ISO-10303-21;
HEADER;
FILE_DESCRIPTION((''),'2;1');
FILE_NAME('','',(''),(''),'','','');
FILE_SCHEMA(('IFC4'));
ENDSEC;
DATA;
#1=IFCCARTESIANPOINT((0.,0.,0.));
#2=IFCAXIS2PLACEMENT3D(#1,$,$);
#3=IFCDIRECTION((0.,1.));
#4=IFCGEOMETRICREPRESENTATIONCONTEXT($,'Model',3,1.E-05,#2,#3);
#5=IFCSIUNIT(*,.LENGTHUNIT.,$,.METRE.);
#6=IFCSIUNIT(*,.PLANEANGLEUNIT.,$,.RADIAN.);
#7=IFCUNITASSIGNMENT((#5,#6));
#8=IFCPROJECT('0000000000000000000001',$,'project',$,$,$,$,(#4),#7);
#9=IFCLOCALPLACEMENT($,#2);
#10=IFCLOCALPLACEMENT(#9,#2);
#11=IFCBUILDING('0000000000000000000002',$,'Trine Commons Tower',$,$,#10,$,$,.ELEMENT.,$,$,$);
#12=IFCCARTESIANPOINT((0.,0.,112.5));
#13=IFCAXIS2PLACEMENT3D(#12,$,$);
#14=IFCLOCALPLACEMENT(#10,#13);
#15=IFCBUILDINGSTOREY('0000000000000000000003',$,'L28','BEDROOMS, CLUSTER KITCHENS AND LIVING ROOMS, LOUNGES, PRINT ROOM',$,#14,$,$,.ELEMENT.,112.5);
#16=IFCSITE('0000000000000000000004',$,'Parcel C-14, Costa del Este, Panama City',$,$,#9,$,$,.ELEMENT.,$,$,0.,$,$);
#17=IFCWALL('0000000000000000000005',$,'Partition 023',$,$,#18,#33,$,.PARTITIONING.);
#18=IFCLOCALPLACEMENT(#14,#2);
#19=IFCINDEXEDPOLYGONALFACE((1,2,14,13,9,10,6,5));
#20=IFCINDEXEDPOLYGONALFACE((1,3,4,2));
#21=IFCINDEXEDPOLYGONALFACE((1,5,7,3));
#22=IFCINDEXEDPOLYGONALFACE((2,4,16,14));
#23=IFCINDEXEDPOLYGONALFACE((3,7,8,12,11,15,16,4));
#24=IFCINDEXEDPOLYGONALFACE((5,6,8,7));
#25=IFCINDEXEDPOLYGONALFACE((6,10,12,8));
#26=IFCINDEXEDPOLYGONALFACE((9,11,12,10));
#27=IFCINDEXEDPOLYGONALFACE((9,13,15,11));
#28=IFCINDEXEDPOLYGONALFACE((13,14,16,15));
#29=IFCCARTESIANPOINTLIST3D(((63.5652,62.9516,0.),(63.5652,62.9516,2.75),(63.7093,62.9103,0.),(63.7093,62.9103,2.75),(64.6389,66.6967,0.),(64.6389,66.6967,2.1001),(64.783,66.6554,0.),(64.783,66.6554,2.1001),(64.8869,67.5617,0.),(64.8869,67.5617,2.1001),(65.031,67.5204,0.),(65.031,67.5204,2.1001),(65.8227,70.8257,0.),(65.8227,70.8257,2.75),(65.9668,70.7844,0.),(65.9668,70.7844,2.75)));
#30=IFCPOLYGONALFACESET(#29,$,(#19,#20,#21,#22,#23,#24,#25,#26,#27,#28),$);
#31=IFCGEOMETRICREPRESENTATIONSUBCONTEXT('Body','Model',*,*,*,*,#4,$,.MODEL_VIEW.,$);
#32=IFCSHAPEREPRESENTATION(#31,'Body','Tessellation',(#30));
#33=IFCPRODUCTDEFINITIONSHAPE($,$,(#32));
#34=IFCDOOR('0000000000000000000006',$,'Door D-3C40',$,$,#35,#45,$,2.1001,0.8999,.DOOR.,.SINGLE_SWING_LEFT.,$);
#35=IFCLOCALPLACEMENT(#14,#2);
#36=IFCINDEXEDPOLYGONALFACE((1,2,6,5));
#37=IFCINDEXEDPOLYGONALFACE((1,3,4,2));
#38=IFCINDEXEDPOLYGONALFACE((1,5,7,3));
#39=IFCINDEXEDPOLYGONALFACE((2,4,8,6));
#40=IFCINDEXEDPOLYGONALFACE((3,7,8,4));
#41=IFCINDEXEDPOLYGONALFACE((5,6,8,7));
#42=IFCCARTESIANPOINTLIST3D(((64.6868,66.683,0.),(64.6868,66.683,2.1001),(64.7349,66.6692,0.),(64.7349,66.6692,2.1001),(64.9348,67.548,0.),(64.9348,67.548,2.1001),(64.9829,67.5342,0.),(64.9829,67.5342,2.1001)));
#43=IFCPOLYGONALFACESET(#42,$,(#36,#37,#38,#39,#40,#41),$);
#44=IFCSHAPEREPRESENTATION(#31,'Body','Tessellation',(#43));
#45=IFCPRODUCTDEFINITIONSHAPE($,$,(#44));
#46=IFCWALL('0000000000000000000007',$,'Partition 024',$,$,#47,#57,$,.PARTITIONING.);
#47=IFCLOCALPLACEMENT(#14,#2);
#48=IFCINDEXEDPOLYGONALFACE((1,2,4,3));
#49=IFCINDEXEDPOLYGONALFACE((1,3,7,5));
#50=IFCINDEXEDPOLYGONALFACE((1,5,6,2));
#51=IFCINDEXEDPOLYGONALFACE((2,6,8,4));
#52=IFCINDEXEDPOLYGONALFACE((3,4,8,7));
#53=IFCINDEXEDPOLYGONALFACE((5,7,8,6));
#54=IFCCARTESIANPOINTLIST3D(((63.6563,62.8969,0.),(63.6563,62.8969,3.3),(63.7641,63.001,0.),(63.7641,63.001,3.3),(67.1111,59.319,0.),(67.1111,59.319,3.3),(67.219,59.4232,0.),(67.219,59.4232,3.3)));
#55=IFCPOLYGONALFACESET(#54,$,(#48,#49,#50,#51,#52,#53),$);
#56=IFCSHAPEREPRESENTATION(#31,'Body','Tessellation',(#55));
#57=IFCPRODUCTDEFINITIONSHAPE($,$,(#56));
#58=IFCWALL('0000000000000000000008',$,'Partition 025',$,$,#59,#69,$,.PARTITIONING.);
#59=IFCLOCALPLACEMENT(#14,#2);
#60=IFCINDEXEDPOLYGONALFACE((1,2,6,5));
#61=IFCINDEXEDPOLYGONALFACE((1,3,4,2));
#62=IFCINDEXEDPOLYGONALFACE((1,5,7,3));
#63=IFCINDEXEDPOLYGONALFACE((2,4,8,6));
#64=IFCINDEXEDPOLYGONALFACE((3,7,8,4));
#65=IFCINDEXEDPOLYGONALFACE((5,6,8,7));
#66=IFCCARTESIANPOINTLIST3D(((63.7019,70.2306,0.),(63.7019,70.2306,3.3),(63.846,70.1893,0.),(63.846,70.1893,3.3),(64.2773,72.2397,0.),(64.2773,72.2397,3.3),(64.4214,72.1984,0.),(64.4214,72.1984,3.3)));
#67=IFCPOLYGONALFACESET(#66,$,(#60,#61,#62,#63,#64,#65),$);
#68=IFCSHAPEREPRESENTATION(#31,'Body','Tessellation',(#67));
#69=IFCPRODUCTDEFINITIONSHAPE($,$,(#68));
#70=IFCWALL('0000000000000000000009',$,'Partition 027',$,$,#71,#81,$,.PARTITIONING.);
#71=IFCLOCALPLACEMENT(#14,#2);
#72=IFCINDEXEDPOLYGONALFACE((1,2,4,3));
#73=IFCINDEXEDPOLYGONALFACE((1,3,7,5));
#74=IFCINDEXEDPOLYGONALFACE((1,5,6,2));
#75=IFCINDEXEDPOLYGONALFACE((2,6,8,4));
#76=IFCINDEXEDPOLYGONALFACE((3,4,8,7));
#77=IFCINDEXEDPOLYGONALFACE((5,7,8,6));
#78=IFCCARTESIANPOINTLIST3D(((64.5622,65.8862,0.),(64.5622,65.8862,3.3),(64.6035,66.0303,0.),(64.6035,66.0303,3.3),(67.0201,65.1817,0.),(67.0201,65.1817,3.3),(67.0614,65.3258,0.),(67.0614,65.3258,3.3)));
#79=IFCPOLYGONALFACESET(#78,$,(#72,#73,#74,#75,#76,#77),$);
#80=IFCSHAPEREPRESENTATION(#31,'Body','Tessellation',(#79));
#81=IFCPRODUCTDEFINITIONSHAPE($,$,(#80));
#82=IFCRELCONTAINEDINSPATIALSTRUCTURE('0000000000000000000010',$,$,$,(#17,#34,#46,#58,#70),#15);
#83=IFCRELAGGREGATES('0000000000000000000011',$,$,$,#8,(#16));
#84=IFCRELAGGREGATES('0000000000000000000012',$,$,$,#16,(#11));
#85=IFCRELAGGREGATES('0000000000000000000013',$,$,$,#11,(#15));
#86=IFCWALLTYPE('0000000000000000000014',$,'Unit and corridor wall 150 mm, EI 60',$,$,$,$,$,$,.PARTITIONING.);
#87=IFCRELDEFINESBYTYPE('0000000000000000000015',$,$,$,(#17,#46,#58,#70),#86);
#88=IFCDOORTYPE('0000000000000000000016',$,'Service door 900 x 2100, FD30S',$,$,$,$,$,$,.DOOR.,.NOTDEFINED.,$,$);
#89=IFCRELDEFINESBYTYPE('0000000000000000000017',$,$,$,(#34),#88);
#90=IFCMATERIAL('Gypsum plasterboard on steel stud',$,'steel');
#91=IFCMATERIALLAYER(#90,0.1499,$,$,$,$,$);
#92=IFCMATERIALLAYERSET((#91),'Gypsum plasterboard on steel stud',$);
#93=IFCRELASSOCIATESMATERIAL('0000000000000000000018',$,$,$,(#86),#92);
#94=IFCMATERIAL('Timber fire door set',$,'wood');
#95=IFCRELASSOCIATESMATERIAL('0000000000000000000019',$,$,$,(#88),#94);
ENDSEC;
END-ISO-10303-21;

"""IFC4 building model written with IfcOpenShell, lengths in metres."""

from ifc_helpers import new_model, si_unit, direction, frame, frame_2d, origin, place, context, subcontext, project, spatial, rectangle, extrude, material, layer, layer_set, type_object, element, fill, save


model = new_model("IFC4")

# Units and contexts
model_context = context("Model", 3, precision=1e-05, world=origin(), true_north=direction((0.0, 1.0)))
body_context = subcontext(model_context, "Body", "Model", "MODEL_VIEW")
ifc_project = project(units=[si_unit("LENGTHUNIT", "METRE"), si_unit("PLANEANGLEUNIT", "RADIAN")], contexts=[model_context])

# Site, building, storey
site_placement = place(None, origin())
site = spatial("IfcSite", under=ifc_project, at=site_placement, Name="Parcel C-14, Costa del Este, Panama City", CompositionType="ELEMENT", RefElevation=0.0)
building_placement = place(site_placement, origin())
building = spatial("IfcBuilding", under=site, at=building_placement, Name="Trine Commons Tower", CompositionType="ELEMENT")
storey_placement = place(building_placement, frame((0.0, 0.0, 112.5)))
storey = spatial("IfcBuildingStorey", under=building, at=storey_placement, Name="L28", Description="BEDROOMS, CLUSTER KITCHENS AND LIVING ROOMS, LOUNGES, PRINT ROOM", CompositionType="ELEMENT", Elevation=112.5)

# Shared definitions
ifc_material_1 = material(Name="Gypsum plasterboard on steel stud", Category="steel")
ifc_layer = layer(ifc_material_1, 0.1499)
ifc_layer_set = layer_set([ifc_layer], Name="Gypsum plasterboard on steel stud")
wall_type = type_object("IfcWallType", Name="Unit and corridor wall 150 mm, EI 60", PredefinedType="PARTITIONING", material=ifc_layer_set)

# Shared definitions
ifc_material_2 = material(Name="Timber fire door set", Category="wood")

# Wall, opening, door
wall_1_placement = place(storey_placement, frame((63.6372, 62.9309, 0.0), z_axis=(0.0, 0.0, 1.0), x_axis=(0.275599, 0.961273, 0.0)))
wall_1 = element("IfcWall", 1, at=wall_1_placement, inside=storey, type_object=wall_type, Name="Partition 023", PredefinedType="PARTITIONING", context=body_context, shape_type="SweptSolid", body=[
    extrude(rectangle(XDim=8.1914, YDim=0.1499, at=frame_2d((4.0957, 0.0))), origin(), (0.0, 0.0, 1.0), 2.75),
])
opening_1_placement = place(wall_1_placement, frame((3.896, 0.0, 0.0)))
opening_1 = element("IfcOpeningElement", 2, at=opening_1_placement, cuts=wall_1, PredefinedType="OPENING", context=body_context, shape_type="SweptSolid", body=[
    extrude(rectangle(XDim=0.8999, YDim=2.1001, at=frame_2d((0.45, 1.05))), frame((0.0, 0.085, 0.0), z_axis=(0.0, -1.0, 0.0), x_axis=(1.0, 0.0, 0.0)), (0.0, 0.0, 1.0), 0.1699),
])
door_type_1 = type_object("IfcDoorType", Name="Service door 900 x 2100, FD30S", OperationType="NOTDEFINED", PredefinedType="DOOR", material=ifc_material_2)
door_1_placement = place(opening_1_placement, frame((0.8999, 0.0, 0.0), z_axis=(0.0, 0.0, 1.0), x_axis=(-1.0, 0.0, 0.0)))
door_1 = element("IfcDoor", 3, at=door_1_placement, inside=storey, type_object=door_type_1, Name="Door D-3C40", OperationType="SINGLE_SWING_LEFT", OverallHeight=2.1001, OverallWidth=0.8999, PredefinedType="DOOR", context=body_context, shape_type="SweptSolid", body=[
    extrude(rectangle(XDim=0.8999, YDim=2.1001, at=frame_2d((0.45, 1.05))), frame((0.0, 0.0249, 0.0), z_axis=(0.0, -1.0, 0.0), x_axis=(1.0, 0.0, 0.0)), (0.0, 0.0, 1.0), 0.05),
])
fill(opening_1, door_1)

# Walls
wall_2_placement = place(storey_placement, frame((63.7102, 62.949, 0.0), z_axis=(0.0, 0.0, 1.0), x_axis=(0.694629, -0.719368, 0.0)))
element("IfcWall", 4, at=wall_2_placement, inside=storey, type_object=wall_type, Name="Partition 024", PredefinedType="PARTITIONING", context=body_context, shape_type="SweptSolid", body=[
    extrude(rectangle(XDim=4.9736, YDim=0.1499, at=frame_2d((2.4868, 0.0))), origin(), (0.0, 0.0, 1.0), 3.3),
])
wall_3_placement = place(storey_placement, frame((63.7739, 70.21, 0.0), z_axis=(0.0, 0.0, 1.0), x_axis=(0.275354, 0.961343, 0.0)))
element("IfcWall", 5, at=wall_3_placement, inside=storey, type_object=wall_type, Name="Partition 025", PredefinedType="PARTITIONING", context=body_context, shape_type="SweptSolid", body=[
    extrude(rectangle(XDim=2.0898, YDim=0.1499, at=frame_2d((1.0449, 0.0))), origin(), (0.0, 0.0, 1.0), 3.3),
])
wall_4_placement = place(storey_placement, frame((64.583, 65.9583, 0.0), z_axis=(0.0, 0.0, 1.0), x_axis=(0.961286, -0.275553, 0.0)))
element("IfcWall", 6, at=wall_4_placement, inside=storey, type_object=wall_type, Name="Partition 027", PredefinedType="PARTITIONING", context=body_context, shape_type="SweptSolid", body=[
    extrude(rectangle(XDim=2.5569, YDim=0.1499, at=frame_2d((1.2783, 0.0))), origin(), (0.0, 0.0, 1.0), 3.3),
])

save(model, "model.ifc")
